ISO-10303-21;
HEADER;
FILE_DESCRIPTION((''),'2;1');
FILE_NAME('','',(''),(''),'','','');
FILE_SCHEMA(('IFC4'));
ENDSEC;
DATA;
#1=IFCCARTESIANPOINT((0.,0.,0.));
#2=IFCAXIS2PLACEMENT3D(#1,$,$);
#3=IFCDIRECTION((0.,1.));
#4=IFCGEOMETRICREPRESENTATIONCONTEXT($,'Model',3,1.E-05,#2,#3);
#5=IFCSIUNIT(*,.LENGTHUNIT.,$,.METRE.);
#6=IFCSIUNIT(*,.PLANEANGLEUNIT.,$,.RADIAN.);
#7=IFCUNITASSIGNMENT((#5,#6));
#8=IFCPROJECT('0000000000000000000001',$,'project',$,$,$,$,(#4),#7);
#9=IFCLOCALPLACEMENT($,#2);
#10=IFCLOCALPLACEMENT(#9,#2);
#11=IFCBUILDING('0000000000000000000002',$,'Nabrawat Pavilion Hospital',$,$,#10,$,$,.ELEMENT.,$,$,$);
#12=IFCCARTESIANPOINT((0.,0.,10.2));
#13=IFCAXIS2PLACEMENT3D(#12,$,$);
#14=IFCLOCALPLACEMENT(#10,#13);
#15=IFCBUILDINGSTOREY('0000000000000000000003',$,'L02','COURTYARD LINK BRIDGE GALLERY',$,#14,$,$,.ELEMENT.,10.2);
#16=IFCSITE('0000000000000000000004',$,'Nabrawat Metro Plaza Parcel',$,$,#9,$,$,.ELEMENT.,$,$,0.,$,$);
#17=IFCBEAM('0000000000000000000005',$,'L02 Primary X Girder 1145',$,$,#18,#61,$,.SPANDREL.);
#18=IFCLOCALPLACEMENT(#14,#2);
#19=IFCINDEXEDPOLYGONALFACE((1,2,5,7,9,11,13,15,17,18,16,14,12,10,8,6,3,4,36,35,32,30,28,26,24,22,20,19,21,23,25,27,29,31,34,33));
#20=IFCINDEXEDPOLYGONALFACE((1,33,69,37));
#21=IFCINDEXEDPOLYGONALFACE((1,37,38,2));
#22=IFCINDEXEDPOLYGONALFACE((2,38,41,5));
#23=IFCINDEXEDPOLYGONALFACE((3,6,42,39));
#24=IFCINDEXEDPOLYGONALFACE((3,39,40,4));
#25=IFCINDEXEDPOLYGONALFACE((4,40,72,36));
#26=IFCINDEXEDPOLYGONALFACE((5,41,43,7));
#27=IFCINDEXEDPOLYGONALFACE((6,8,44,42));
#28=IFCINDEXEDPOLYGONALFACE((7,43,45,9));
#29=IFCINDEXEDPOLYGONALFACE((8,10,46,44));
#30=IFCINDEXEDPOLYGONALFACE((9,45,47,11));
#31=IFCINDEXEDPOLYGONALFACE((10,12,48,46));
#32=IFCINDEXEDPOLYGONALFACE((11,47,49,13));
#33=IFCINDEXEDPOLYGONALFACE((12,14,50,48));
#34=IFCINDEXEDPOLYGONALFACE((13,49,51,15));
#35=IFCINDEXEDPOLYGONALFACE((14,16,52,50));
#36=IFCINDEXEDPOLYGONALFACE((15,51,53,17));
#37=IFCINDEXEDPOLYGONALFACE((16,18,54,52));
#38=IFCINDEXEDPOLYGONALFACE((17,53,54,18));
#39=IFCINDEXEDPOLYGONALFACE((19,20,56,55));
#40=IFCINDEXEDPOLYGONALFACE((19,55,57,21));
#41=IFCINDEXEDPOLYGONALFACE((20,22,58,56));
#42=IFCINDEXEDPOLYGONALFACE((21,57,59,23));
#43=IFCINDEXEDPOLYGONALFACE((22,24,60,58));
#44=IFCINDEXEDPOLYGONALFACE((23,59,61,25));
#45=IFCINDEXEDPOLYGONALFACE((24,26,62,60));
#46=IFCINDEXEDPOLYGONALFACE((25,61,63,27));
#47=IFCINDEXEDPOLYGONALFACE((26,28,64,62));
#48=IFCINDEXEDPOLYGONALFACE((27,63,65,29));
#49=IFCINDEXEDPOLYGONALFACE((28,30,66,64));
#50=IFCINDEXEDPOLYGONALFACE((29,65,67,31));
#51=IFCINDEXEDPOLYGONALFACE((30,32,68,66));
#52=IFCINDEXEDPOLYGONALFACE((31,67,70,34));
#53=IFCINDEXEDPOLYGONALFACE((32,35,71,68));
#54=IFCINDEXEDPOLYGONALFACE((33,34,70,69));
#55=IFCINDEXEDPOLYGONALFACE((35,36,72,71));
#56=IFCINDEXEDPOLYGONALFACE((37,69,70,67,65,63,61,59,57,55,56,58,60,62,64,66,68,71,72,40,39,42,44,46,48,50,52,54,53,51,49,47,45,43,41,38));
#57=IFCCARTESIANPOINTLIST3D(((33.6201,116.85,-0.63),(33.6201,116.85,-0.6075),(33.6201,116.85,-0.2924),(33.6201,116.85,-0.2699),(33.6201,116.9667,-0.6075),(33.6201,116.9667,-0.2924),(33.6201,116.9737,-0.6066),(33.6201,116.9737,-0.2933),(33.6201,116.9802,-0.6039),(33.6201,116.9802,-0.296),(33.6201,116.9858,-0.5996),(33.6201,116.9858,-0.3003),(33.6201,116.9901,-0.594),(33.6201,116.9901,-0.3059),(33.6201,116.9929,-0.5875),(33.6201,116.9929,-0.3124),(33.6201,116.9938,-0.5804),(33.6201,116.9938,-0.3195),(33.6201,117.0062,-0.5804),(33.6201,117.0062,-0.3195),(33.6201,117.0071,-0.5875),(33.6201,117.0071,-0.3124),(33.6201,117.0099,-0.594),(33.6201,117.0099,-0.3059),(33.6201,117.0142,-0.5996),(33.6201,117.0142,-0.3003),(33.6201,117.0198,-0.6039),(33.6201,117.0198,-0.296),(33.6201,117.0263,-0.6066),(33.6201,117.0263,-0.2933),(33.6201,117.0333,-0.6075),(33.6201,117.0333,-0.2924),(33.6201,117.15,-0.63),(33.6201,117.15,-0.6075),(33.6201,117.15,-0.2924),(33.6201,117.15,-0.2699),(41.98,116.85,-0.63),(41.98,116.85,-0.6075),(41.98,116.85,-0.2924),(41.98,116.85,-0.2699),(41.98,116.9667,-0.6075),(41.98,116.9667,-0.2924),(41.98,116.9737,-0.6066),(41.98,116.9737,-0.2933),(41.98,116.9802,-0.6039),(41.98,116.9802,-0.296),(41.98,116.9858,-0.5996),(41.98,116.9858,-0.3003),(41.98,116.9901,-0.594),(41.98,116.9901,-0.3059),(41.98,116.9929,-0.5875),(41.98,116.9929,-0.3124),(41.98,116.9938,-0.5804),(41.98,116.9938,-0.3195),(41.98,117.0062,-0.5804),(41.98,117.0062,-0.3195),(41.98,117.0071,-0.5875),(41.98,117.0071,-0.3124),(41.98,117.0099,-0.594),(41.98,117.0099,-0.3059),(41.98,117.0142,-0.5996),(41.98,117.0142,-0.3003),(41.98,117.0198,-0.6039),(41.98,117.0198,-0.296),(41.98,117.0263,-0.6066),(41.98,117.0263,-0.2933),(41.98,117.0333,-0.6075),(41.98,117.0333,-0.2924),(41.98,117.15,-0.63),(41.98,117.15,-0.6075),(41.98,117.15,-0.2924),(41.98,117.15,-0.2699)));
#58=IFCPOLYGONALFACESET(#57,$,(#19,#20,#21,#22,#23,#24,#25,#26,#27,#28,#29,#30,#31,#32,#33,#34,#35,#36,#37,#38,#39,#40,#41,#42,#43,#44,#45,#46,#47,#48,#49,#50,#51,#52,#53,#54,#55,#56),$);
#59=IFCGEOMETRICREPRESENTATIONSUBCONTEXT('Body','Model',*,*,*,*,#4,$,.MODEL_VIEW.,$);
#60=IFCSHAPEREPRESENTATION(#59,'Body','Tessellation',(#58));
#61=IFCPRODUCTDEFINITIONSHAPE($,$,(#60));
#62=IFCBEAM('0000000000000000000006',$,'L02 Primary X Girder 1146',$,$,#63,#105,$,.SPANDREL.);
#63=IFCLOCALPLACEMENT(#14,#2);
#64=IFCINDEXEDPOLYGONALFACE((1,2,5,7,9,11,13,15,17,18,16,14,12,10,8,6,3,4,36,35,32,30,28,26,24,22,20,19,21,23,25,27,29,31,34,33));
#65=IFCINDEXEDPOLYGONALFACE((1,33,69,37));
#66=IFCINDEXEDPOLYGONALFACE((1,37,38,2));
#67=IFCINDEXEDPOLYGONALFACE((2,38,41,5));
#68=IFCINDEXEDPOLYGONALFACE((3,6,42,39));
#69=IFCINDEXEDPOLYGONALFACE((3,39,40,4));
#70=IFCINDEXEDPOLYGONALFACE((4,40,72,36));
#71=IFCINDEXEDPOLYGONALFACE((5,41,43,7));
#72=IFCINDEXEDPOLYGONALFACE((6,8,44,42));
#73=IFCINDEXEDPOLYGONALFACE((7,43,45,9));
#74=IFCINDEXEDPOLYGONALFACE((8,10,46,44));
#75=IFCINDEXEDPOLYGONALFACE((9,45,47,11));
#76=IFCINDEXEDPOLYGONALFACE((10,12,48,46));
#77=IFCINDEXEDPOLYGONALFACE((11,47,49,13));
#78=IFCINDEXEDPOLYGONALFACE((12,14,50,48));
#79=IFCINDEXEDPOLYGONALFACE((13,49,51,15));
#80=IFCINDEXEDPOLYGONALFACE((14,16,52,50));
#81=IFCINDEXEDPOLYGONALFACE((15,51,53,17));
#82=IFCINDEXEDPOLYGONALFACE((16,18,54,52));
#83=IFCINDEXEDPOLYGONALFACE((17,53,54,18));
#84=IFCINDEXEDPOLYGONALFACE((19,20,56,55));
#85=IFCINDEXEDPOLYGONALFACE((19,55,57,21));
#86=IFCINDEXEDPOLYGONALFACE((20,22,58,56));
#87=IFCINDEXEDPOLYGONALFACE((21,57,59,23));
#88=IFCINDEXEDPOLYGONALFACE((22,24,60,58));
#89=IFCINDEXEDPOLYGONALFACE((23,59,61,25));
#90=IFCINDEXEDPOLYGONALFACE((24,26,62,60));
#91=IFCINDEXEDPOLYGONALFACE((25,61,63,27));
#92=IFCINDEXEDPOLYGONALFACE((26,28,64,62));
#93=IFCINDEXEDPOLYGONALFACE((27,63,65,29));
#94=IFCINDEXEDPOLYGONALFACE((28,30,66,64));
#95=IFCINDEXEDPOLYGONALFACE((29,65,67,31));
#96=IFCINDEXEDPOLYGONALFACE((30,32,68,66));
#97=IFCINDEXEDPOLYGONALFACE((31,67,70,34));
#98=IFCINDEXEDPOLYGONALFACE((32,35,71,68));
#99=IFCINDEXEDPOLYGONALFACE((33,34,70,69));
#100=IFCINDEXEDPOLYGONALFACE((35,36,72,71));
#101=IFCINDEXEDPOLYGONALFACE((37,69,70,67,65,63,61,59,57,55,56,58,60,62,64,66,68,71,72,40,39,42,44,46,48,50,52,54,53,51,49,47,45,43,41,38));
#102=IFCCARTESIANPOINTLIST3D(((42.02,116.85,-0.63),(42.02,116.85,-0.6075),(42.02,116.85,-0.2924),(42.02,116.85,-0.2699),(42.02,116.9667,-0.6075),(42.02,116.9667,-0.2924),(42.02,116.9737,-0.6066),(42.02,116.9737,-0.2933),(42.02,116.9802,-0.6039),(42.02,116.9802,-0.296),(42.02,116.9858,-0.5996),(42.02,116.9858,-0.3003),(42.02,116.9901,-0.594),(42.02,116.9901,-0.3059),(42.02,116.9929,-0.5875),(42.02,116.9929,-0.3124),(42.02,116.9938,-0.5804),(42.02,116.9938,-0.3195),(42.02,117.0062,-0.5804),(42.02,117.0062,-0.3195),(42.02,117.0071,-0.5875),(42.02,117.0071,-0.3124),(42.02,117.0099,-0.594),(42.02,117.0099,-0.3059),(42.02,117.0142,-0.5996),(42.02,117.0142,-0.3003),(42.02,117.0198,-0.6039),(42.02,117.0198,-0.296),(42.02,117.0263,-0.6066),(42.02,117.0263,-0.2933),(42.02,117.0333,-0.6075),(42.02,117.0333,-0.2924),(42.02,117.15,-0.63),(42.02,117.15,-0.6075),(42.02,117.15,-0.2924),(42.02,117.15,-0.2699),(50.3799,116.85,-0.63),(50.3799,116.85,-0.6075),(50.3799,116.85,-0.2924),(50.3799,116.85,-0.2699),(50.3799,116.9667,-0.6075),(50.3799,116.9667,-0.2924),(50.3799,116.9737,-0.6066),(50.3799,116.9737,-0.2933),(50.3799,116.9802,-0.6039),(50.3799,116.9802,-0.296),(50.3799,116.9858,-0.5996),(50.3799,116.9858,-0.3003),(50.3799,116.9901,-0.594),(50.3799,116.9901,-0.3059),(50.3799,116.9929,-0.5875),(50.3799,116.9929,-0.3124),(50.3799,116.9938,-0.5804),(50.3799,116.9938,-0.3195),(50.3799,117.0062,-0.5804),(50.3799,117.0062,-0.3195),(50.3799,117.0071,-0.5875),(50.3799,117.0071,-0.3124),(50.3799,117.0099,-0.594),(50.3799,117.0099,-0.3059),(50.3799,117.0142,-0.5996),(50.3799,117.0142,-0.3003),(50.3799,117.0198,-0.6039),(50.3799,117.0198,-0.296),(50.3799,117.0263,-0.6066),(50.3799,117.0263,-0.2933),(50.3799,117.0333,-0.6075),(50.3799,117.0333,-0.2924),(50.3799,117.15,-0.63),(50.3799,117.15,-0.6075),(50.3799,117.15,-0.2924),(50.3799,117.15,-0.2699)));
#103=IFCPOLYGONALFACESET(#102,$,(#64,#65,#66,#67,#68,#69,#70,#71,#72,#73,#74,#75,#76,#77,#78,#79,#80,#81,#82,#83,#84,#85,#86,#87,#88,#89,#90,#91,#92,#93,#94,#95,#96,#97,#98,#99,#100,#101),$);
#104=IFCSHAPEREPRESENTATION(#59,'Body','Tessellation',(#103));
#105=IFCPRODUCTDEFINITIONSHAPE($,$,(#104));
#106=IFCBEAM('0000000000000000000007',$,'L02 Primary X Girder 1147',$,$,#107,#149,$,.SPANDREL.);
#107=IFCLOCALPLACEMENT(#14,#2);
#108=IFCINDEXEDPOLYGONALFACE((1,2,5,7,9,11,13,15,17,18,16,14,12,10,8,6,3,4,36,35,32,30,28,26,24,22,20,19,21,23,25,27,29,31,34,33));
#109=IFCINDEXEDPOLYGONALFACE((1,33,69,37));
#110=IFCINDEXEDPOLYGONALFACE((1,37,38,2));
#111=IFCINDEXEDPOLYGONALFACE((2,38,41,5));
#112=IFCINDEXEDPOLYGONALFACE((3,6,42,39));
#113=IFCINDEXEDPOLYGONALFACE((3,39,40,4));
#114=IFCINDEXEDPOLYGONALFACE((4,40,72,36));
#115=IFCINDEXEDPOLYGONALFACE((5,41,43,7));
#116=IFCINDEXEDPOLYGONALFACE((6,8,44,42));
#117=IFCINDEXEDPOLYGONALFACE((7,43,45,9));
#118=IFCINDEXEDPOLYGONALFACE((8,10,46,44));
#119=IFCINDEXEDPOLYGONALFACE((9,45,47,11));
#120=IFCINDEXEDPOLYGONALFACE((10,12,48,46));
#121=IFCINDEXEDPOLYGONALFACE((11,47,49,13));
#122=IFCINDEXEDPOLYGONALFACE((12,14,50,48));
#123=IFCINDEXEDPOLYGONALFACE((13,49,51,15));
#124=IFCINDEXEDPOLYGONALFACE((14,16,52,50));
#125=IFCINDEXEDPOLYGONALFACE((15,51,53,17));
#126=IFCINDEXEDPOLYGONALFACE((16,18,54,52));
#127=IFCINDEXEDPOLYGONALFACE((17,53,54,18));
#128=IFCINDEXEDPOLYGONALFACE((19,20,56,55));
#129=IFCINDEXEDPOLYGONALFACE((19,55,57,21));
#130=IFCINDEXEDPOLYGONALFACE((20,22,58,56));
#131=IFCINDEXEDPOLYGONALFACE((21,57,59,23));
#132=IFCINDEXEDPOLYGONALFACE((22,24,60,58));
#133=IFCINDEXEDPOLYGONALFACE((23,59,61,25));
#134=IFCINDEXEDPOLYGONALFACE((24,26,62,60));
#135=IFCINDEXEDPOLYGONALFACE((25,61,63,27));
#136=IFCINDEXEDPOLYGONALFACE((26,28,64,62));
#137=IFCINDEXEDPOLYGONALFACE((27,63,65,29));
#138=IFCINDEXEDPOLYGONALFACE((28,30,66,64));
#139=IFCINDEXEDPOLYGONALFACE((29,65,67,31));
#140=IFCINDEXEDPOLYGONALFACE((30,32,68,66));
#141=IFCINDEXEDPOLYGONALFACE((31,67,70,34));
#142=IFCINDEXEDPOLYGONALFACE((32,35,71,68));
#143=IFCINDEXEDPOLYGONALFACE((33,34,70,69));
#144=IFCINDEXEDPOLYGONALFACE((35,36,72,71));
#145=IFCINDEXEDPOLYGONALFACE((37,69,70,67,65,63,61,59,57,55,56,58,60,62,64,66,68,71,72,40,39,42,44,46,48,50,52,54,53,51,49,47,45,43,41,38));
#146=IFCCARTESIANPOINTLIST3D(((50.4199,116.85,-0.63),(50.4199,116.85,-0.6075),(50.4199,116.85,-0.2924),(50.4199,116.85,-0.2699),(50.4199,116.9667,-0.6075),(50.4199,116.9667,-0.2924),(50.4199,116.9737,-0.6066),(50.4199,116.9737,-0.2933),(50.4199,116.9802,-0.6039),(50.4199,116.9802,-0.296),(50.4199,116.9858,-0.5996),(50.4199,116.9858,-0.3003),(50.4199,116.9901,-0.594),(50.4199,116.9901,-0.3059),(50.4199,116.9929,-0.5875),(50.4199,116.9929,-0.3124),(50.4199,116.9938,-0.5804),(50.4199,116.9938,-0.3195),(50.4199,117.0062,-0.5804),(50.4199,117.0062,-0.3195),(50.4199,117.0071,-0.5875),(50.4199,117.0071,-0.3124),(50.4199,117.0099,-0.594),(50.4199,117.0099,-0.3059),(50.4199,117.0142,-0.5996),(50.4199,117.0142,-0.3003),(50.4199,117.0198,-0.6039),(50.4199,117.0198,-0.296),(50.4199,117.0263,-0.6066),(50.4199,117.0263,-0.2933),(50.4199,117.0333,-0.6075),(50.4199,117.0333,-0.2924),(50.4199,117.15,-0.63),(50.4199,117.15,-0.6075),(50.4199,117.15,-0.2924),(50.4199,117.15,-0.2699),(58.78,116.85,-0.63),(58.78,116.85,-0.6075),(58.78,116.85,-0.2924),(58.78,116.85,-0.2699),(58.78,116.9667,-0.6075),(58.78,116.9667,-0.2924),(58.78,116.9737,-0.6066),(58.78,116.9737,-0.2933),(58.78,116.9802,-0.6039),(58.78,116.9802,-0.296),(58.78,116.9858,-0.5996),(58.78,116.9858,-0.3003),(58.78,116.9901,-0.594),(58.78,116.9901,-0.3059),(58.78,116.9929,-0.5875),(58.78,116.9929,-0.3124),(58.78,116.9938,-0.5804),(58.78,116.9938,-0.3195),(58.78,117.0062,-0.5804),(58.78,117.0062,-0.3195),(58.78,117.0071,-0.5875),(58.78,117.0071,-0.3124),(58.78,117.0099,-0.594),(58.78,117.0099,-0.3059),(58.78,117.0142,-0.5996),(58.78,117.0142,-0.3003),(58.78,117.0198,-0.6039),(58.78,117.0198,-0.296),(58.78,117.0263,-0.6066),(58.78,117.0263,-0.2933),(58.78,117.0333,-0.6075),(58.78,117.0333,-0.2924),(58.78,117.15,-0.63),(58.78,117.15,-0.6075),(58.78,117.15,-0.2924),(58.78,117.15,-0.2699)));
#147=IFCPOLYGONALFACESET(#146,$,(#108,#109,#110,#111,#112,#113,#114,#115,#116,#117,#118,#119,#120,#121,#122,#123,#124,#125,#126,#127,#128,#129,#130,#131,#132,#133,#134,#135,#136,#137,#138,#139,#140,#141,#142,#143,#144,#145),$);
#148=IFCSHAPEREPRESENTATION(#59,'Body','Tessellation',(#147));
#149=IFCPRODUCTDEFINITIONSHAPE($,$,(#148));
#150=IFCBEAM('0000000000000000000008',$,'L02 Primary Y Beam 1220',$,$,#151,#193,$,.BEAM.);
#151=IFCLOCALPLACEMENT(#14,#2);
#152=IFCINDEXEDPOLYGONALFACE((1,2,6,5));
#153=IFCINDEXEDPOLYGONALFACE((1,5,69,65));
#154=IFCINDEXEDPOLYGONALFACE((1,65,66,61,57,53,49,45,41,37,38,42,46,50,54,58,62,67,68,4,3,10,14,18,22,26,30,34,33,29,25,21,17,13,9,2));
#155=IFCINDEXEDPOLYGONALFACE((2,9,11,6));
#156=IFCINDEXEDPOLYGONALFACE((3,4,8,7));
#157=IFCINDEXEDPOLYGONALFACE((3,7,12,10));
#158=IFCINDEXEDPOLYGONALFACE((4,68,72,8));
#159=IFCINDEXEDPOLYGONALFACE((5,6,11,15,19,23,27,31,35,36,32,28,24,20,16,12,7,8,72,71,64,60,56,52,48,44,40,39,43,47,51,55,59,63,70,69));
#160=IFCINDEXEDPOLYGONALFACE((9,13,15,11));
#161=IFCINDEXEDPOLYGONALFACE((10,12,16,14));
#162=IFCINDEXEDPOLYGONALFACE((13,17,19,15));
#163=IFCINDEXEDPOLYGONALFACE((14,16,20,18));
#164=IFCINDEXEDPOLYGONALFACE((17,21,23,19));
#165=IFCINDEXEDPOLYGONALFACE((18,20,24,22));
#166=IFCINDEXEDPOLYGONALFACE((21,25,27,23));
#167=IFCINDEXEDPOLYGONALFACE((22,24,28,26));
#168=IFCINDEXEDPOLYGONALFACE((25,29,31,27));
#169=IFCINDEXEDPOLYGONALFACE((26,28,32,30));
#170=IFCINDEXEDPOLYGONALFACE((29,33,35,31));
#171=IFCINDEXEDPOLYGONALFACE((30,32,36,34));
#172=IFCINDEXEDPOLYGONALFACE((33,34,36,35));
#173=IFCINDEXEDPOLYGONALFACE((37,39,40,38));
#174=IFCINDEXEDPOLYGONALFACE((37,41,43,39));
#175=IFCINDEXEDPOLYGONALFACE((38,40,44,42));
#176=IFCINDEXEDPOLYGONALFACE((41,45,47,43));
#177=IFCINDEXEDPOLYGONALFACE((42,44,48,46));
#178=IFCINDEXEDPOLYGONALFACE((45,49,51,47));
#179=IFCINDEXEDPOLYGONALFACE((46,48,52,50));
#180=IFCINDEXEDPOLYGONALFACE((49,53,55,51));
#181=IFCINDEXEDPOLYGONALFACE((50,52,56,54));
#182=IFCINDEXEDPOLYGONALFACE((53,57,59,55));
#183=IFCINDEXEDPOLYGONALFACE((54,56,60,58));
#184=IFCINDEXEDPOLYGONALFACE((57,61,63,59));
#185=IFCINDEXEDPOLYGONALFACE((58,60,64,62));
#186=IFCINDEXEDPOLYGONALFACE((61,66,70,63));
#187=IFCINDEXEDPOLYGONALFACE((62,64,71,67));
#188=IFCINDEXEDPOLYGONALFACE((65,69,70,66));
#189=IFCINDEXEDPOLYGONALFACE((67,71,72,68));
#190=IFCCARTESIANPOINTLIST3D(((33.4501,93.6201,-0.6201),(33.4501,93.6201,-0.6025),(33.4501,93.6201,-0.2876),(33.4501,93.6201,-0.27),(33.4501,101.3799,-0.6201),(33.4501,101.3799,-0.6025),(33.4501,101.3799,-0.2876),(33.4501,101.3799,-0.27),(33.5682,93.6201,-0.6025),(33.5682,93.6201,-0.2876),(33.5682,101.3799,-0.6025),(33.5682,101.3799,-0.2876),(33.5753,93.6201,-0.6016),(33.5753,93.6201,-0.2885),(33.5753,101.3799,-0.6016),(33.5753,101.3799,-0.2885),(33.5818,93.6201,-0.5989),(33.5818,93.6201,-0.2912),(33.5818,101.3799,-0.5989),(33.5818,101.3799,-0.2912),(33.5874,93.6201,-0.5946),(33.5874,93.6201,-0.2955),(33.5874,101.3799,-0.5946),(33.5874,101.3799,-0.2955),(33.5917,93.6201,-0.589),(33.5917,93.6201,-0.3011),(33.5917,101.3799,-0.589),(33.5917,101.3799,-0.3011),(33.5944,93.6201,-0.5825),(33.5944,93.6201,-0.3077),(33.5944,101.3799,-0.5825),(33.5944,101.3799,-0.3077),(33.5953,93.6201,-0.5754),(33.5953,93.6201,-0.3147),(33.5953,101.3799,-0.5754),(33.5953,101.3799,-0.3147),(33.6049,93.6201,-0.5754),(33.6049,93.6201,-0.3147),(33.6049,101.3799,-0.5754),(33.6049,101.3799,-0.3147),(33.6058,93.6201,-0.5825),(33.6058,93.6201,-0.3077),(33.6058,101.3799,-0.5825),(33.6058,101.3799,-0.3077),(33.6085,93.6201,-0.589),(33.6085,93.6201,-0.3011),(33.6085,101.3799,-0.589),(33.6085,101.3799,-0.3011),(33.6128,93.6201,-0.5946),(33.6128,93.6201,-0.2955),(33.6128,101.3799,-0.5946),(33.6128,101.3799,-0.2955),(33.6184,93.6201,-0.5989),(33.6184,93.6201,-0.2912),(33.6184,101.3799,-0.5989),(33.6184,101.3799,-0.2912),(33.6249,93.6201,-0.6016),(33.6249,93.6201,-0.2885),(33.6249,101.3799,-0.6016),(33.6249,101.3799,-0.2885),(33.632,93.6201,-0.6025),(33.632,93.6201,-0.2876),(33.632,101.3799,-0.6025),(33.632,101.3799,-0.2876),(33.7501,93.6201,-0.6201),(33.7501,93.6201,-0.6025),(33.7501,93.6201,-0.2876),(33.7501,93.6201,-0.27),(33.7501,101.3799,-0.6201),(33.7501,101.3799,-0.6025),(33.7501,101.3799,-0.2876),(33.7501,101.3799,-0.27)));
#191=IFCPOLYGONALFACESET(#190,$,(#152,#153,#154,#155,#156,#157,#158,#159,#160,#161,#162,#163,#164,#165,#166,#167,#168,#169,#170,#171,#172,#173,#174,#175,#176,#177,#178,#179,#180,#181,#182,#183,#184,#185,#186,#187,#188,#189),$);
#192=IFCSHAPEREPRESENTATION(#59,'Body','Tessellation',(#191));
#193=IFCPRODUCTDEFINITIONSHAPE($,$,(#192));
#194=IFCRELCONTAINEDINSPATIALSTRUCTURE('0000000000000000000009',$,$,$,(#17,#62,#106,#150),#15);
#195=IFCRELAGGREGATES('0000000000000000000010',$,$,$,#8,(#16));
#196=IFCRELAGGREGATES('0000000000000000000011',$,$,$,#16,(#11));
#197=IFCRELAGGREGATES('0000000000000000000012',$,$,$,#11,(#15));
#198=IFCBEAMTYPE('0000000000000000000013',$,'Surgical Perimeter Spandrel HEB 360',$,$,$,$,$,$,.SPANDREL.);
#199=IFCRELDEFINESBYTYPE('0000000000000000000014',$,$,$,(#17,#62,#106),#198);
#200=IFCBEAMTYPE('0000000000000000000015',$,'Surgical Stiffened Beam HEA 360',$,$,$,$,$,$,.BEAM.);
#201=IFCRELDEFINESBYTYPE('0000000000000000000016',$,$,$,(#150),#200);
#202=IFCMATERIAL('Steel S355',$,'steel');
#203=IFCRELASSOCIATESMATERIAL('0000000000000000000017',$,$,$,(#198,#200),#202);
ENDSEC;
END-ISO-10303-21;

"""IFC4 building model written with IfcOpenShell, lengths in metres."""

from ifc_helpers import new_model, si_unit, direction, frame, origin, origin_2d, place, context, subcontext, project, spatial, i_section, extrude, material, material_profile, profile_set, type_object, element, save


model = new_model("IFC4")

# Units and contexts
model_context = context("Model", 3, precision=1e-05, world=origin(), true_north=direction((0.0, 1.0)))
body_context = subcontext(model_context, "Body", "Model", "MODEL_VIEW")
ifc_project = project(units=[si_unit("LENGTHUNIT", "METRE"), si_unit("PLANEANGLEUNIT", "RADIAN")], contexts=[model_context])

# Site, building, storey
site_placement = place(None, origin())
site = spatial("IfcSite", under=ifc_project, at=site_placement, Name="Nabrawat Metro Plaza Parcel", CompositionType="ELEMENT", RefElevation=0.0)
building_placement = place(site_placement, origin())
building = spatial("IfcBuilding", under=site, at=building_placement, Name="Nabrawat Pavilion Hospital", CompositionType="ELEMENT")
storey_placement = place(building_placement, frame((0.0, 0.0, 10.2)))
storey = spatial("IfcBuildingStorey", under=building, at=storey_placement, Name="L02", Description="COURTYARD LINK BRIDGE GALLERY", CompositionType="ELEMENT", Elevation=10.2)

# Shared definitions
ifc_material_1 = material(Name="Steel S355", Category="steel")

# Beams
ifc_material_profile_1 = material_profile(ifc_material_1, i_section(OverallWidth=0.3, OverallDepth=0.3601, WebThickness=0.0125, FlangeThickness=0.0225, FilletRadius=0.0271, at=origin_2d()), Name="HEB 360")
ifc_profile_set_1 = profile_set([ifc_material_profile_1], Name="Steel S355")
beam_type_1 = type_object("IfcBeamType", Name="Surgical Perimeter Spandrel HEB 360", PredefinedType="SPANDREL", material=ifc_profile_set_1)
for number, where, z_axis, x_axis, name in (
    (1, (33.6201, 117.0, -0.45), (1.0, 0.0, 0.0), (0.0, 1.0, 0.0), "L02 Primary X Girder 1145"),
    (2, (42.02, 117.0, -0.45), (1.0, 0.0, 0.0), (0.0, 1.0, 0.0), "L02 Primary X Girder 1146"),
):
    element("IfcBeam", number, at=place(storey_placement, frame(where, z_axis=z_axis, x_axis=x_axis)), inside=storey, type_object=beam_type_1, Name=name, PredefinedType="SPANDREL", context=body_context, shape_type="SweptSolid", body=[
        extrude(i_section(OverallWidth=0.3, OverallDepth=0.3601, WebThickness=0.0125, FlangeThickness=0.0225, FilletRadius=0.0271, at=origin_2d()), origin(), (0.0, 0.0, 1.0), 8.3599),
    ])
beam_1_placement = place(storey_placement, frame((50.4199, 117.0, -0.45), z_axis=(1.0, 0.0, 0.0), x_axis=(0.0, 1.0, 0.0)))
element("IfcBeam", 3, at=beam_1_placement, inside=storey, type_object=beam_type_1, Name="L02 Primary X Girder 1147", PredefinedType="SPANDREL", context=body_context, shape_type="SweptSolid", body=[
    extrude(i_section(OverallWidth=0.3, OverallDepth=0.3601, WebThickness=0.0125, FlangeThickness=0.0225, FilletRadius=0.0271, at=origin_2d()), origin(), (0.0, 0.0, 1.0), 8.3601),
])
ifc_material_profile_2 = material_profile(ifc_material_1, i_section(OverallWidth=0.3, OverallDepth=0.3501, WebThickness=0.0095, FlangeThickness=0.0176, FilletRadius=0.0271, at=origin_2d()), Name="HEA 360")
ifc_profile_set_2 = profile_set([ifc_material_profile_2], Name="Steel S355")
beam_type_2 = type_object("IfcBeamType", Name="Surgical Stiffened Beam HEA 360", PredefinedType="BEAM", material=ifc_profile_set_2)
beam_2_placement = place(storey_placement, frame((33.6001, 93.6201, -0.4451), z_axis=(0.0, 1.0, 0.0), x_axis=(-1.0, 0.0, 0.0)))
element("IfcBeam", 4, at=beam_2_placement, inside=storey, type_object=beam_type_2, Name="L02 Primary Y Beam 1220", PredefinedType="BEAM", context=body_context, shape_type="SweptSolid", body=[
    extrude(i_section(OverallWidth=0.3, OverallDepth=0.3501, WebThickness=0.0095, FlangeThickness=0.0176, FilletRadius=0.0271, at=origin_2d()), origin(), (0.0, 0.0, 1.0), 7.7598),
])

save(model, "model.ifc")
